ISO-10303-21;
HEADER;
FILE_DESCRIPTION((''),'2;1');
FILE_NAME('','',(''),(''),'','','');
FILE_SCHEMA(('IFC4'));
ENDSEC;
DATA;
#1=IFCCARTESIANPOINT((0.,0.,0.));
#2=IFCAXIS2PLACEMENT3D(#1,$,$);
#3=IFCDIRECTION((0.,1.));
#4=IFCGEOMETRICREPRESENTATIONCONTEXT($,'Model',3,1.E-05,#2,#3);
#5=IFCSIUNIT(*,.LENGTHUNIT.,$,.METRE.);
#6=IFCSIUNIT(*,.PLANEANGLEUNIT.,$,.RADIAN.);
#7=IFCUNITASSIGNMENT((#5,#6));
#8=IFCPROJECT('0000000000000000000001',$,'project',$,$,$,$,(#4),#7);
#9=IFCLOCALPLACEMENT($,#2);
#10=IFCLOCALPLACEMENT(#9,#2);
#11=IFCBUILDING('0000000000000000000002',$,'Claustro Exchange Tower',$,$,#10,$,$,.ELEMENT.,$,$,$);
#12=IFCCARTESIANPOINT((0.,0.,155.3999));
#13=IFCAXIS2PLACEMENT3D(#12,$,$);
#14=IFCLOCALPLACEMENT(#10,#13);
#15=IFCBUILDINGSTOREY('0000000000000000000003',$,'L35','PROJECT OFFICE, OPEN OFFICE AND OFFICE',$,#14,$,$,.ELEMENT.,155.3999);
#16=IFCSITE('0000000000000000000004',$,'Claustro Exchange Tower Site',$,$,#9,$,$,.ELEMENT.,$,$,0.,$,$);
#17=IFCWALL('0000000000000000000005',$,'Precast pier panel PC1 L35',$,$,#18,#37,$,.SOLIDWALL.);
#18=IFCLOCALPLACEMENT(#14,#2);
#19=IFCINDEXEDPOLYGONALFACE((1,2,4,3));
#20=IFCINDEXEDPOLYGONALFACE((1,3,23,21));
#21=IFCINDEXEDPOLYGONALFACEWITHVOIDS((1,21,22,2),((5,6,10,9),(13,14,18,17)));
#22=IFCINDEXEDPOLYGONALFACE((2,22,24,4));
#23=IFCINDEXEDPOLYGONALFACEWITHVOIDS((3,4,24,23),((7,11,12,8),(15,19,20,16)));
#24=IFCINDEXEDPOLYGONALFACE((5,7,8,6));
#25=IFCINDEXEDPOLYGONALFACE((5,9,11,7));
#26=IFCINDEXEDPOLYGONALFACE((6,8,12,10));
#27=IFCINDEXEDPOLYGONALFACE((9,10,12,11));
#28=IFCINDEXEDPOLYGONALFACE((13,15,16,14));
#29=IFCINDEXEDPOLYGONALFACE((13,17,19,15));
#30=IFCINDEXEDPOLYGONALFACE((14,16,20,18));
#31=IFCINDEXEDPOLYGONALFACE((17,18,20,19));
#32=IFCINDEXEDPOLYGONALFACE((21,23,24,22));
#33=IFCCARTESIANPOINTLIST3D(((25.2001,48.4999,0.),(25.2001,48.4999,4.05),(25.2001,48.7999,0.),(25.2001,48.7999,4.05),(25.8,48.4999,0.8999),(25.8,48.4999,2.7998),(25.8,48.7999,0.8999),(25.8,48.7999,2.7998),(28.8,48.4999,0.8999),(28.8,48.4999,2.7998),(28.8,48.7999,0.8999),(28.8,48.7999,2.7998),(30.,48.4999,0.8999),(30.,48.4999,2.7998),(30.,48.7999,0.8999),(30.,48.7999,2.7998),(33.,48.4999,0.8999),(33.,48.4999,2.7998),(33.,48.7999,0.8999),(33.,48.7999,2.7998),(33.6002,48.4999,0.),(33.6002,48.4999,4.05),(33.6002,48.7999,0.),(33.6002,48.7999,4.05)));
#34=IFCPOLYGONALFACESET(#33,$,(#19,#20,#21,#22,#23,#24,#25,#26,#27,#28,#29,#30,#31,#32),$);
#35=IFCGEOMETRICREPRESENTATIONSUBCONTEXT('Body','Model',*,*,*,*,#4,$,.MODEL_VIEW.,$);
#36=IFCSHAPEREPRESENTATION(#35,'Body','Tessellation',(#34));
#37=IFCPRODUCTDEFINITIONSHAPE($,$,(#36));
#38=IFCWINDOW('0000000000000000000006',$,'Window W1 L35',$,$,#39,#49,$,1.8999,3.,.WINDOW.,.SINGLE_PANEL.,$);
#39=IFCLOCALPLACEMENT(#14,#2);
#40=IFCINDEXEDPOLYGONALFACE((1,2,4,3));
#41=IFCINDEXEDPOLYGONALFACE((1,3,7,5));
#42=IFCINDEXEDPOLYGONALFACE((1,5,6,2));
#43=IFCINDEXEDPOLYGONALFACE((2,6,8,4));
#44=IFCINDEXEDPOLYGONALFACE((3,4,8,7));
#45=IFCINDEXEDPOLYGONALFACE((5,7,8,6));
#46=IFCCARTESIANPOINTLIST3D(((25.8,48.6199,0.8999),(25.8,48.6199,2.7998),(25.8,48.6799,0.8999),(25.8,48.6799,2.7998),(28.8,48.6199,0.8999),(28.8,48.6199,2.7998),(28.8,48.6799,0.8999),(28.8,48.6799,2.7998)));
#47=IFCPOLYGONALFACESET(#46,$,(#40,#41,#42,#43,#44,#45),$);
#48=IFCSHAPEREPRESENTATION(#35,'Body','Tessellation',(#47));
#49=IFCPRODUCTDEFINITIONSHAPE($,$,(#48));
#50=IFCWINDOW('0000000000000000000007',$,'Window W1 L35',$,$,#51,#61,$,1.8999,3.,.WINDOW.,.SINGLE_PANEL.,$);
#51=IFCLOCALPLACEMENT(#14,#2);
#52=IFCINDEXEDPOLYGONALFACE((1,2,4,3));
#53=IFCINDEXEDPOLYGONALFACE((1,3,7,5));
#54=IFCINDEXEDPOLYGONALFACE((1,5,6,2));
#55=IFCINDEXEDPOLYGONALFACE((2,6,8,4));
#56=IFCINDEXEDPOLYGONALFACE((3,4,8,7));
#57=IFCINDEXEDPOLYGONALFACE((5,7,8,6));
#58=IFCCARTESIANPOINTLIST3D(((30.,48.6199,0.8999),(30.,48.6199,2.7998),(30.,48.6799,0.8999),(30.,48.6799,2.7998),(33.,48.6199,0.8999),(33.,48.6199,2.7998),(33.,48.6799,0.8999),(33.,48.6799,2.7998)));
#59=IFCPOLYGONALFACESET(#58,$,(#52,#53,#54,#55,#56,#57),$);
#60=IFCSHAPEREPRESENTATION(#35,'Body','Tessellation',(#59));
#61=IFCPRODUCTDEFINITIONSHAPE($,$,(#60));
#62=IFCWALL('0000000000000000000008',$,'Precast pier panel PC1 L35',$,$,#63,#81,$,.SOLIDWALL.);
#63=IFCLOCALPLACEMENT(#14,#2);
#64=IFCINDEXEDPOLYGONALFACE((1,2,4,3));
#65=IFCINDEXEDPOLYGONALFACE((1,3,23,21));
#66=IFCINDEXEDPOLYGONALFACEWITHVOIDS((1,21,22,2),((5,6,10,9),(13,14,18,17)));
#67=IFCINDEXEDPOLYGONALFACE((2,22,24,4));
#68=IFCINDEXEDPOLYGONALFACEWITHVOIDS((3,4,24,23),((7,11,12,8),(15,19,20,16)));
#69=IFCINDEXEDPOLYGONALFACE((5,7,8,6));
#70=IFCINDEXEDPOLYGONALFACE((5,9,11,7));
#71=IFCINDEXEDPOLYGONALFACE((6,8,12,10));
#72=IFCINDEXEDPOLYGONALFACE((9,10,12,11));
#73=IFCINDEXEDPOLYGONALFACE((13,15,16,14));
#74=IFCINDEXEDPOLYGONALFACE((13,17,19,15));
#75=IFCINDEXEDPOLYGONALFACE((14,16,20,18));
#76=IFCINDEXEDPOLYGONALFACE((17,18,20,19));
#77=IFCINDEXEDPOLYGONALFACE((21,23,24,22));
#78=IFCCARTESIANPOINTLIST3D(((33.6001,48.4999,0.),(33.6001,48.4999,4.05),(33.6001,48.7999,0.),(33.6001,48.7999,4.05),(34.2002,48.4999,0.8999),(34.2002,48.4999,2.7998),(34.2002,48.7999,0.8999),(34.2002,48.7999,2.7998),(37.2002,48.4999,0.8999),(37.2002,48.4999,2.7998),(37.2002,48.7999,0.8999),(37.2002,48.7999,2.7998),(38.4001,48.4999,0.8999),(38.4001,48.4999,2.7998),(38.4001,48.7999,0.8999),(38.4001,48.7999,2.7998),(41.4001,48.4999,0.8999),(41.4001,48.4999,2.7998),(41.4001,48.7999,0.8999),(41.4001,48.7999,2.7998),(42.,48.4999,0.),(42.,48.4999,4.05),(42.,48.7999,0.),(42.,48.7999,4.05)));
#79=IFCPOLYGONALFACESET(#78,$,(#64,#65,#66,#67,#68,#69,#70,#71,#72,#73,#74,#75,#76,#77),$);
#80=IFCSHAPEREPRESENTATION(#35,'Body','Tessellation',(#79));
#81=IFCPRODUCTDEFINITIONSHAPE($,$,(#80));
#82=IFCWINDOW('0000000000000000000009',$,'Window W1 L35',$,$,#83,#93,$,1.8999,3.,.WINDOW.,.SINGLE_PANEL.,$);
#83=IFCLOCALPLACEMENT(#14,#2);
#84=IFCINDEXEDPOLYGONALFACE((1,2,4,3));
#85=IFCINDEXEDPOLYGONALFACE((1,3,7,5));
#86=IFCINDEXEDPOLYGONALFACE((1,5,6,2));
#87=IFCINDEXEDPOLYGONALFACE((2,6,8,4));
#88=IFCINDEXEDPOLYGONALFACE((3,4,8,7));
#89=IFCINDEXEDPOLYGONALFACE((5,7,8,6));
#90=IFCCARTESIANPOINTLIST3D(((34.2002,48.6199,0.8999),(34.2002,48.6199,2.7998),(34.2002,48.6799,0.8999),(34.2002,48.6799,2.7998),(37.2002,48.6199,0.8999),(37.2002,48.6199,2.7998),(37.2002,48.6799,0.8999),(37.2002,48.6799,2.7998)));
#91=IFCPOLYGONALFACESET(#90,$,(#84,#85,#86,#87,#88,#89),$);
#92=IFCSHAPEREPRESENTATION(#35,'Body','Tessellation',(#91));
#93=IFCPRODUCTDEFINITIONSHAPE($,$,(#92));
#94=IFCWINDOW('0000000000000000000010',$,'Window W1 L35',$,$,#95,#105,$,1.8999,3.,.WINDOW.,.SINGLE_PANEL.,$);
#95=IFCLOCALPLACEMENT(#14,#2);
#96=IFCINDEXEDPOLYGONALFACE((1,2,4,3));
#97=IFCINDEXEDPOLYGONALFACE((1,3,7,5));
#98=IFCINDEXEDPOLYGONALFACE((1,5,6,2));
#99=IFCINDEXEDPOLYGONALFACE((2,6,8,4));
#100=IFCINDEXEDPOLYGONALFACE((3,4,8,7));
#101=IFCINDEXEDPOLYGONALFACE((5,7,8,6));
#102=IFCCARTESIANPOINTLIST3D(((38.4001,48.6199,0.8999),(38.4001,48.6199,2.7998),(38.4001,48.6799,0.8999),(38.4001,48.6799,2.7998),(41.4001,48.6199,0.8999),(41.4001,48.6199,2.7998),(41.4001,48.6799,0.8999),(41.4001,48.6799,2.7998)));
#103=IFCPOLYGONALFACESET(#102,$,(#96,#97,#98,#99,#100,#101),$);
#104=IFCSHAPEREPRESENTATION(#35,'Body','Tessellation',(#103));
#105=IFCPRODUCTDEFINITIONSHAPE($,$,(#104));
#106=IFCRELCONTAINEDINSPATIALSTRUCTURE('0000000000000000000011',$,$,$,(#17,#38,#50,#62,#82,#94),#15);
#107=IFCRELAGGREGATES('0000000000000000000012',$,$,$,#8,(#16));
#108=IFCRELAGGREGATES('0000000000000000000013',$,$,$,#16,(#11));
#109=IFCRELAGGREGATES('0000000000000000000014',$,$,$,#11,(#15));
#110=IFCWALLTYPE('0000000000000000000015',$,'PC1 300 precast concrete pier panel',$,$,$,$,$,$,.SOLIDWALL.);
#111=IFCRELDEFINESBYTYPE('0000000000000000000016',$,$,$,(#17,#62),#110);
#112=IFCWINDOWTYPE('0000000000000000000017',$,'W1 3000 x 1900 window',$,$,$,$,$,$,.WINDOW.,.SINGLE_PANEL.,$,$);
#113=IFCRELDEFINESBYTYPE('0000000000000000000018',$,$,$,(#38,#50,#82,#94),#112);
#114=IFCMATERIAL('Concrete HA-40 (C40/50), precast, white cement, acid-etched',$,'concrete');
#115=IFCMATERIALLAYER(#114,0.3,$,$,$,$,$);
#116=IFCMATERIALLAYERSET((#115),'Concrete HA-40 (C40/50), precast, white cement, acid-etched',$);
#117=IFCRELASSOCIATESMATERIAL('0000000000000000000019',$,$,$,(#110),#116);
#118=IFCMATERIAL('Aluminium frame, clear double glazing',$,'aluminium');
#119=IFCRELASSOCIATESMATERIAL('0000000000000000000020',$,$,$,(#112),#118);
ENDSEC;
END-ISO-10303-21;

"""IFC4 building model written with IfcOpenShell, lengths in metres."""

from ifc_helpers import new_model, si_unit, direction, frame, frame_2d, origin, place, context, subcontext, project, spatial, rectangle, extrude, material, layer, layer_set, type_object, element, fill, save


model = new_model("IFC4")

# Units and contexts
model_context = context("Model", 3, precision=1e-05, world=origin(), true_north=direction((0.0, 1.0)))
body_context = subcontext(model_context, "Body", "Model", "MODEL_VIEW")
ifc_project = project(units=[si_unit("LENGTHUNIT", "METRE"), si_unit("PLANEANGLEUNIT", "RADIAN")], contexts=[model_context])

# Site, building, storey
site_placement = place(None, origin())
site = spatial("IfcSite", under=ifc_project, at=site_placement, Name="Claustro Exchange Tower Site", CompositionType="ELEMENT", RefElevation=0.0)
building_placement = place(site_placement, origin())
building = spatial("IfcBuilding", under=site, at=building_placement, Name="Claustro Exchange Tower", CompositionType="ELEMENT")
storey_placement = place(building_placement, frame((0.0, 0.0, 155.3999)))
storey = spatial("IfcBuildingStorey", under=building, at=storey_placement, Name="L35", Description="PROJECT OFFICE, OPEN OFFICE AND OFFICE", CompositionType="ELEMENT", Elevation=155.3999)

# Walls, openings, windows
ifc_material_1 = material(Name="Concrete HA-40 (C40/50), precast, white cement, acid-etched", Category="concrete")
ifc_layer_1 = layer(ifc_material_1, 0.3)
ifc_layer_set_1 = layer_set([ifc_layer_1], Name="Concrete HA-40 (C40/50), precast, white cement, acid-etched")
wall_type_1 = type_object("IfcWallType", Name="PC1 300 precast concrete pier panel", PredefinedType="SOLIDWALL", material=ifc_layer_set_1)
wall_1_placement = place(storey_placement, frame((25.2, 48.6499, 0.0), z_axis=(0.0, 0.0, 1.0), x_axis=(1.0, 0.0, 0.0)))
wall_1 = element("IfcWall", 1, at=wall_1_placement, inside=storey, type_object=wall_type_1, Name="Precast pier panel PC1 L35", PredefinedType="SOLIDWALL", context=body_context, shape_type="SweptSolid", body=[
    extrude(rectangle(XDim=8.4001, YDim=0.3, at=frame_2d((4.2002, 0.0))), origin(), (0.0, 0.0, 1.0), 4.05),
])
opening_1_placement = place(wall_1_placement, frame((0.6001, 0.0, 0.8999)))
opening_1 = element("IfcOpeningElement", 2, at=opening_1_placement, cuts=wall_1, PredefinedType="OPENING", context=body_context, shape_type="SweptSolid", body=[
    extrude(rectangle(XDim=3.0, YDim=1.8999, at=frame_2d((1.5, 0.95))), frame((0.0, 0.1599, 0.0), z_axis=(0.0, -1.0, 0.0), x_axis=(1.0, 0.0, 0.0)), (0.0, 0.0, 1.0), 0.3201),
])
opening_2_placement = place(wall_1_placement, frame((4.8, 0.0, 0.8999)))
opening_2 = element("IfcOpeningElement", 3, at=opening_2_placement, cuts=wall_1, PredefinedType="OPENING", context=body_context, shape_type="SweptSolid", body=[
    extrude(rectangle(XDim=3.0, YDim=1.8999, at=frame_2d((1.5, 0.95))), frame((0.0, 0.1599, 0.0), z_axis=(0.0, -1.0, 0.0), x_axis=(1.0, 0.0, 0.0)), (0.0, 0.0, 1.0), 0.3201),
])
ifc_material_2 = material(Name="Aluminium frame, clear double glazing", Category="aluminium")
window_type = type_object("IfcWindowType", Name="W1 3000 x 1900 window", PartitioningType="SINGLE_PANEL", PredefinedType="WINDOW", material=ifc_material_2)
window_1_placement = place(opening_1_placement, origin())
window_1 = element("IfcWindow", 4, at=window_1_placement, inside=storey, type_object=window_type, Name="Window W1 L35", OverallHeight=1.8999, OverallWidth=3.0, PartitioningType="SINGLE_PANEL", PredefinedType="WINDOW", context=body_context, shape_type="SweptSolid", body=[
    extrude(rectangle(XDim=3.0, YDim=1.8999, at=frame_2d((1.5, 0.95))), frame((0.0, 0.03, 0.0), z_axis=(0.0, -1.0, 0.0), x_axis=(1.0, 0.0, 0.0)), (0.0, 0.0, 1.0), 0.0601),
])
fill(opening_1, window_1)
window_2_placement = place(opening_2_placement, origin())
window_2 = element("IfcWindow", 5, at=window_2_placement, inside=storey, type_object=window_type, Name="Window W1 L35", OverallHeight=1.8999, OverallWidth=3.0, PartitioningType="SINGLE_PANEL", PredefinedType="WINDOW", context=body_context, shape_type="SweptSolid", body=[
    extrude(rectangle(XDim=3.0, YDim=1.8999, at=frame_2d((1.5, 0.95))), frame((0.0, 0.03, 0.0), z_axis=(0.0, -1.0, 0.0), x_axis=(1.0, 0.0, 0.0)), (0.0, 0.0, 1.0), 0.0601),
])
fill(opening_2, window_2)
wall_2_placement = place(storey_placement, frame((33.6001, 48.6499, 0.0), z_axis=(0.0, 0.0, 1.0), x_axis=(1.0, 0.0, 0.0)))
wall_2 = element("IfcWall", 6, at=wall_2_placement, inside=storey, type_object=wall_type_1, Name="Precast pier panel PC1 L35", PredefinedType="SOLIDWALL", context=body_context, shape_type="SweptSolid", body=[
    extrude(rectangle(XDim=8.3999, YDim=0.3, at=frame_2d((4.2, 0.0))), origin(), (0.0, 0.0, 1.0), 4.05),
])
opening_3_placement = place(wall_2_placement, frame((0.6001, 0.0, 0.8999)))
opening_3 = element("IfcOpeningElement", 7, at=opening_3_placement, cuts=wall_2, PredefinedType="OPENING", context=body_context, shape_type="SweptSolid", body=[
    extrude(rectangle(XDim=3.0, YDim=1.8999, at=frame_2d((1.5, 0.95))), frame((0.0, 0.1599, 0.0), z_axis=(0.0, -1.0, 0.0), x_axis=(1.0, 0.0, 0.0)), (0.0, 0.0, 1.0), 0.3201),
])
opening_4_placement = place(wall_2_placement, frame((4.8, 0.0, 0.8999)))
opening_4 = element("IfcOpeningElement", 8, at=opening_4_placement, cuts=wall_2, PredefinedType="OPENING", context=body_context, shape_type="SweptSolid", body=[
    extrude(rectangle(XDim=3.0, YDim=1.8999, at=frame_2d((1.5, 0.95))), frame((0.0, 0.1599, 0.0), z_axis=(0.0, -1.0, 0.0), x_axis=(1.0, 0.0, 0.0)), (0.0, 0.0, 1.0), 0.3201),
])
window_3_placement = place(opening_3_placement, origin())
window_3 = element("IfcWindow", 9, at=window_3_placement, inside=storey, type_object=window_type, Name="Window W1 L35", OverallHeight=1.8999, OverallWidth=3.0, PartitioningType="SINGLE_PANEL", PredefinedType="WINDOW", context=body_context, shape_type="SweptSolid", body=[
    extrude(rectangle(XDim=3.0, YDim=1.8999, at=frame_2d((1.5, 0.95))), frame((0.0, 0.03, 0.0), z_axis=(0.0, -1.0, 0.0), x_axis=(1.0, 0.0, 0.0)), (0.0, 0.0, 1.0), 0.0601),
])
fill(opening_3, window_3)
window_4_placement = place(opening_4_placement, origin())
window_4 = element("IfcWindow", 10, at=window_4_placement, inside=storey, type_object=window_type, Name="Window W1 L35", OverallHeight=1.8999, OverallWidth=3.0, PartitioningType="SINGLE_PANEL", PredefinedType="WINDOW", context=body_context, shape_type="SweptSolid", body=[
    extrude(rectangle(XDim=3.0, YDim=1.8999, at=frame_2d((1.5, 0.95))), frame((0.0, 0.03, 0.0), z_axis=(0.0, -1.0, 0.0), x_axis=(1.0, 0.0, 0.0)), (0.0, 0.0, 1.0), 0.0601),
])
fill(opening_4, window_4)

save(model, "model.ifc")
